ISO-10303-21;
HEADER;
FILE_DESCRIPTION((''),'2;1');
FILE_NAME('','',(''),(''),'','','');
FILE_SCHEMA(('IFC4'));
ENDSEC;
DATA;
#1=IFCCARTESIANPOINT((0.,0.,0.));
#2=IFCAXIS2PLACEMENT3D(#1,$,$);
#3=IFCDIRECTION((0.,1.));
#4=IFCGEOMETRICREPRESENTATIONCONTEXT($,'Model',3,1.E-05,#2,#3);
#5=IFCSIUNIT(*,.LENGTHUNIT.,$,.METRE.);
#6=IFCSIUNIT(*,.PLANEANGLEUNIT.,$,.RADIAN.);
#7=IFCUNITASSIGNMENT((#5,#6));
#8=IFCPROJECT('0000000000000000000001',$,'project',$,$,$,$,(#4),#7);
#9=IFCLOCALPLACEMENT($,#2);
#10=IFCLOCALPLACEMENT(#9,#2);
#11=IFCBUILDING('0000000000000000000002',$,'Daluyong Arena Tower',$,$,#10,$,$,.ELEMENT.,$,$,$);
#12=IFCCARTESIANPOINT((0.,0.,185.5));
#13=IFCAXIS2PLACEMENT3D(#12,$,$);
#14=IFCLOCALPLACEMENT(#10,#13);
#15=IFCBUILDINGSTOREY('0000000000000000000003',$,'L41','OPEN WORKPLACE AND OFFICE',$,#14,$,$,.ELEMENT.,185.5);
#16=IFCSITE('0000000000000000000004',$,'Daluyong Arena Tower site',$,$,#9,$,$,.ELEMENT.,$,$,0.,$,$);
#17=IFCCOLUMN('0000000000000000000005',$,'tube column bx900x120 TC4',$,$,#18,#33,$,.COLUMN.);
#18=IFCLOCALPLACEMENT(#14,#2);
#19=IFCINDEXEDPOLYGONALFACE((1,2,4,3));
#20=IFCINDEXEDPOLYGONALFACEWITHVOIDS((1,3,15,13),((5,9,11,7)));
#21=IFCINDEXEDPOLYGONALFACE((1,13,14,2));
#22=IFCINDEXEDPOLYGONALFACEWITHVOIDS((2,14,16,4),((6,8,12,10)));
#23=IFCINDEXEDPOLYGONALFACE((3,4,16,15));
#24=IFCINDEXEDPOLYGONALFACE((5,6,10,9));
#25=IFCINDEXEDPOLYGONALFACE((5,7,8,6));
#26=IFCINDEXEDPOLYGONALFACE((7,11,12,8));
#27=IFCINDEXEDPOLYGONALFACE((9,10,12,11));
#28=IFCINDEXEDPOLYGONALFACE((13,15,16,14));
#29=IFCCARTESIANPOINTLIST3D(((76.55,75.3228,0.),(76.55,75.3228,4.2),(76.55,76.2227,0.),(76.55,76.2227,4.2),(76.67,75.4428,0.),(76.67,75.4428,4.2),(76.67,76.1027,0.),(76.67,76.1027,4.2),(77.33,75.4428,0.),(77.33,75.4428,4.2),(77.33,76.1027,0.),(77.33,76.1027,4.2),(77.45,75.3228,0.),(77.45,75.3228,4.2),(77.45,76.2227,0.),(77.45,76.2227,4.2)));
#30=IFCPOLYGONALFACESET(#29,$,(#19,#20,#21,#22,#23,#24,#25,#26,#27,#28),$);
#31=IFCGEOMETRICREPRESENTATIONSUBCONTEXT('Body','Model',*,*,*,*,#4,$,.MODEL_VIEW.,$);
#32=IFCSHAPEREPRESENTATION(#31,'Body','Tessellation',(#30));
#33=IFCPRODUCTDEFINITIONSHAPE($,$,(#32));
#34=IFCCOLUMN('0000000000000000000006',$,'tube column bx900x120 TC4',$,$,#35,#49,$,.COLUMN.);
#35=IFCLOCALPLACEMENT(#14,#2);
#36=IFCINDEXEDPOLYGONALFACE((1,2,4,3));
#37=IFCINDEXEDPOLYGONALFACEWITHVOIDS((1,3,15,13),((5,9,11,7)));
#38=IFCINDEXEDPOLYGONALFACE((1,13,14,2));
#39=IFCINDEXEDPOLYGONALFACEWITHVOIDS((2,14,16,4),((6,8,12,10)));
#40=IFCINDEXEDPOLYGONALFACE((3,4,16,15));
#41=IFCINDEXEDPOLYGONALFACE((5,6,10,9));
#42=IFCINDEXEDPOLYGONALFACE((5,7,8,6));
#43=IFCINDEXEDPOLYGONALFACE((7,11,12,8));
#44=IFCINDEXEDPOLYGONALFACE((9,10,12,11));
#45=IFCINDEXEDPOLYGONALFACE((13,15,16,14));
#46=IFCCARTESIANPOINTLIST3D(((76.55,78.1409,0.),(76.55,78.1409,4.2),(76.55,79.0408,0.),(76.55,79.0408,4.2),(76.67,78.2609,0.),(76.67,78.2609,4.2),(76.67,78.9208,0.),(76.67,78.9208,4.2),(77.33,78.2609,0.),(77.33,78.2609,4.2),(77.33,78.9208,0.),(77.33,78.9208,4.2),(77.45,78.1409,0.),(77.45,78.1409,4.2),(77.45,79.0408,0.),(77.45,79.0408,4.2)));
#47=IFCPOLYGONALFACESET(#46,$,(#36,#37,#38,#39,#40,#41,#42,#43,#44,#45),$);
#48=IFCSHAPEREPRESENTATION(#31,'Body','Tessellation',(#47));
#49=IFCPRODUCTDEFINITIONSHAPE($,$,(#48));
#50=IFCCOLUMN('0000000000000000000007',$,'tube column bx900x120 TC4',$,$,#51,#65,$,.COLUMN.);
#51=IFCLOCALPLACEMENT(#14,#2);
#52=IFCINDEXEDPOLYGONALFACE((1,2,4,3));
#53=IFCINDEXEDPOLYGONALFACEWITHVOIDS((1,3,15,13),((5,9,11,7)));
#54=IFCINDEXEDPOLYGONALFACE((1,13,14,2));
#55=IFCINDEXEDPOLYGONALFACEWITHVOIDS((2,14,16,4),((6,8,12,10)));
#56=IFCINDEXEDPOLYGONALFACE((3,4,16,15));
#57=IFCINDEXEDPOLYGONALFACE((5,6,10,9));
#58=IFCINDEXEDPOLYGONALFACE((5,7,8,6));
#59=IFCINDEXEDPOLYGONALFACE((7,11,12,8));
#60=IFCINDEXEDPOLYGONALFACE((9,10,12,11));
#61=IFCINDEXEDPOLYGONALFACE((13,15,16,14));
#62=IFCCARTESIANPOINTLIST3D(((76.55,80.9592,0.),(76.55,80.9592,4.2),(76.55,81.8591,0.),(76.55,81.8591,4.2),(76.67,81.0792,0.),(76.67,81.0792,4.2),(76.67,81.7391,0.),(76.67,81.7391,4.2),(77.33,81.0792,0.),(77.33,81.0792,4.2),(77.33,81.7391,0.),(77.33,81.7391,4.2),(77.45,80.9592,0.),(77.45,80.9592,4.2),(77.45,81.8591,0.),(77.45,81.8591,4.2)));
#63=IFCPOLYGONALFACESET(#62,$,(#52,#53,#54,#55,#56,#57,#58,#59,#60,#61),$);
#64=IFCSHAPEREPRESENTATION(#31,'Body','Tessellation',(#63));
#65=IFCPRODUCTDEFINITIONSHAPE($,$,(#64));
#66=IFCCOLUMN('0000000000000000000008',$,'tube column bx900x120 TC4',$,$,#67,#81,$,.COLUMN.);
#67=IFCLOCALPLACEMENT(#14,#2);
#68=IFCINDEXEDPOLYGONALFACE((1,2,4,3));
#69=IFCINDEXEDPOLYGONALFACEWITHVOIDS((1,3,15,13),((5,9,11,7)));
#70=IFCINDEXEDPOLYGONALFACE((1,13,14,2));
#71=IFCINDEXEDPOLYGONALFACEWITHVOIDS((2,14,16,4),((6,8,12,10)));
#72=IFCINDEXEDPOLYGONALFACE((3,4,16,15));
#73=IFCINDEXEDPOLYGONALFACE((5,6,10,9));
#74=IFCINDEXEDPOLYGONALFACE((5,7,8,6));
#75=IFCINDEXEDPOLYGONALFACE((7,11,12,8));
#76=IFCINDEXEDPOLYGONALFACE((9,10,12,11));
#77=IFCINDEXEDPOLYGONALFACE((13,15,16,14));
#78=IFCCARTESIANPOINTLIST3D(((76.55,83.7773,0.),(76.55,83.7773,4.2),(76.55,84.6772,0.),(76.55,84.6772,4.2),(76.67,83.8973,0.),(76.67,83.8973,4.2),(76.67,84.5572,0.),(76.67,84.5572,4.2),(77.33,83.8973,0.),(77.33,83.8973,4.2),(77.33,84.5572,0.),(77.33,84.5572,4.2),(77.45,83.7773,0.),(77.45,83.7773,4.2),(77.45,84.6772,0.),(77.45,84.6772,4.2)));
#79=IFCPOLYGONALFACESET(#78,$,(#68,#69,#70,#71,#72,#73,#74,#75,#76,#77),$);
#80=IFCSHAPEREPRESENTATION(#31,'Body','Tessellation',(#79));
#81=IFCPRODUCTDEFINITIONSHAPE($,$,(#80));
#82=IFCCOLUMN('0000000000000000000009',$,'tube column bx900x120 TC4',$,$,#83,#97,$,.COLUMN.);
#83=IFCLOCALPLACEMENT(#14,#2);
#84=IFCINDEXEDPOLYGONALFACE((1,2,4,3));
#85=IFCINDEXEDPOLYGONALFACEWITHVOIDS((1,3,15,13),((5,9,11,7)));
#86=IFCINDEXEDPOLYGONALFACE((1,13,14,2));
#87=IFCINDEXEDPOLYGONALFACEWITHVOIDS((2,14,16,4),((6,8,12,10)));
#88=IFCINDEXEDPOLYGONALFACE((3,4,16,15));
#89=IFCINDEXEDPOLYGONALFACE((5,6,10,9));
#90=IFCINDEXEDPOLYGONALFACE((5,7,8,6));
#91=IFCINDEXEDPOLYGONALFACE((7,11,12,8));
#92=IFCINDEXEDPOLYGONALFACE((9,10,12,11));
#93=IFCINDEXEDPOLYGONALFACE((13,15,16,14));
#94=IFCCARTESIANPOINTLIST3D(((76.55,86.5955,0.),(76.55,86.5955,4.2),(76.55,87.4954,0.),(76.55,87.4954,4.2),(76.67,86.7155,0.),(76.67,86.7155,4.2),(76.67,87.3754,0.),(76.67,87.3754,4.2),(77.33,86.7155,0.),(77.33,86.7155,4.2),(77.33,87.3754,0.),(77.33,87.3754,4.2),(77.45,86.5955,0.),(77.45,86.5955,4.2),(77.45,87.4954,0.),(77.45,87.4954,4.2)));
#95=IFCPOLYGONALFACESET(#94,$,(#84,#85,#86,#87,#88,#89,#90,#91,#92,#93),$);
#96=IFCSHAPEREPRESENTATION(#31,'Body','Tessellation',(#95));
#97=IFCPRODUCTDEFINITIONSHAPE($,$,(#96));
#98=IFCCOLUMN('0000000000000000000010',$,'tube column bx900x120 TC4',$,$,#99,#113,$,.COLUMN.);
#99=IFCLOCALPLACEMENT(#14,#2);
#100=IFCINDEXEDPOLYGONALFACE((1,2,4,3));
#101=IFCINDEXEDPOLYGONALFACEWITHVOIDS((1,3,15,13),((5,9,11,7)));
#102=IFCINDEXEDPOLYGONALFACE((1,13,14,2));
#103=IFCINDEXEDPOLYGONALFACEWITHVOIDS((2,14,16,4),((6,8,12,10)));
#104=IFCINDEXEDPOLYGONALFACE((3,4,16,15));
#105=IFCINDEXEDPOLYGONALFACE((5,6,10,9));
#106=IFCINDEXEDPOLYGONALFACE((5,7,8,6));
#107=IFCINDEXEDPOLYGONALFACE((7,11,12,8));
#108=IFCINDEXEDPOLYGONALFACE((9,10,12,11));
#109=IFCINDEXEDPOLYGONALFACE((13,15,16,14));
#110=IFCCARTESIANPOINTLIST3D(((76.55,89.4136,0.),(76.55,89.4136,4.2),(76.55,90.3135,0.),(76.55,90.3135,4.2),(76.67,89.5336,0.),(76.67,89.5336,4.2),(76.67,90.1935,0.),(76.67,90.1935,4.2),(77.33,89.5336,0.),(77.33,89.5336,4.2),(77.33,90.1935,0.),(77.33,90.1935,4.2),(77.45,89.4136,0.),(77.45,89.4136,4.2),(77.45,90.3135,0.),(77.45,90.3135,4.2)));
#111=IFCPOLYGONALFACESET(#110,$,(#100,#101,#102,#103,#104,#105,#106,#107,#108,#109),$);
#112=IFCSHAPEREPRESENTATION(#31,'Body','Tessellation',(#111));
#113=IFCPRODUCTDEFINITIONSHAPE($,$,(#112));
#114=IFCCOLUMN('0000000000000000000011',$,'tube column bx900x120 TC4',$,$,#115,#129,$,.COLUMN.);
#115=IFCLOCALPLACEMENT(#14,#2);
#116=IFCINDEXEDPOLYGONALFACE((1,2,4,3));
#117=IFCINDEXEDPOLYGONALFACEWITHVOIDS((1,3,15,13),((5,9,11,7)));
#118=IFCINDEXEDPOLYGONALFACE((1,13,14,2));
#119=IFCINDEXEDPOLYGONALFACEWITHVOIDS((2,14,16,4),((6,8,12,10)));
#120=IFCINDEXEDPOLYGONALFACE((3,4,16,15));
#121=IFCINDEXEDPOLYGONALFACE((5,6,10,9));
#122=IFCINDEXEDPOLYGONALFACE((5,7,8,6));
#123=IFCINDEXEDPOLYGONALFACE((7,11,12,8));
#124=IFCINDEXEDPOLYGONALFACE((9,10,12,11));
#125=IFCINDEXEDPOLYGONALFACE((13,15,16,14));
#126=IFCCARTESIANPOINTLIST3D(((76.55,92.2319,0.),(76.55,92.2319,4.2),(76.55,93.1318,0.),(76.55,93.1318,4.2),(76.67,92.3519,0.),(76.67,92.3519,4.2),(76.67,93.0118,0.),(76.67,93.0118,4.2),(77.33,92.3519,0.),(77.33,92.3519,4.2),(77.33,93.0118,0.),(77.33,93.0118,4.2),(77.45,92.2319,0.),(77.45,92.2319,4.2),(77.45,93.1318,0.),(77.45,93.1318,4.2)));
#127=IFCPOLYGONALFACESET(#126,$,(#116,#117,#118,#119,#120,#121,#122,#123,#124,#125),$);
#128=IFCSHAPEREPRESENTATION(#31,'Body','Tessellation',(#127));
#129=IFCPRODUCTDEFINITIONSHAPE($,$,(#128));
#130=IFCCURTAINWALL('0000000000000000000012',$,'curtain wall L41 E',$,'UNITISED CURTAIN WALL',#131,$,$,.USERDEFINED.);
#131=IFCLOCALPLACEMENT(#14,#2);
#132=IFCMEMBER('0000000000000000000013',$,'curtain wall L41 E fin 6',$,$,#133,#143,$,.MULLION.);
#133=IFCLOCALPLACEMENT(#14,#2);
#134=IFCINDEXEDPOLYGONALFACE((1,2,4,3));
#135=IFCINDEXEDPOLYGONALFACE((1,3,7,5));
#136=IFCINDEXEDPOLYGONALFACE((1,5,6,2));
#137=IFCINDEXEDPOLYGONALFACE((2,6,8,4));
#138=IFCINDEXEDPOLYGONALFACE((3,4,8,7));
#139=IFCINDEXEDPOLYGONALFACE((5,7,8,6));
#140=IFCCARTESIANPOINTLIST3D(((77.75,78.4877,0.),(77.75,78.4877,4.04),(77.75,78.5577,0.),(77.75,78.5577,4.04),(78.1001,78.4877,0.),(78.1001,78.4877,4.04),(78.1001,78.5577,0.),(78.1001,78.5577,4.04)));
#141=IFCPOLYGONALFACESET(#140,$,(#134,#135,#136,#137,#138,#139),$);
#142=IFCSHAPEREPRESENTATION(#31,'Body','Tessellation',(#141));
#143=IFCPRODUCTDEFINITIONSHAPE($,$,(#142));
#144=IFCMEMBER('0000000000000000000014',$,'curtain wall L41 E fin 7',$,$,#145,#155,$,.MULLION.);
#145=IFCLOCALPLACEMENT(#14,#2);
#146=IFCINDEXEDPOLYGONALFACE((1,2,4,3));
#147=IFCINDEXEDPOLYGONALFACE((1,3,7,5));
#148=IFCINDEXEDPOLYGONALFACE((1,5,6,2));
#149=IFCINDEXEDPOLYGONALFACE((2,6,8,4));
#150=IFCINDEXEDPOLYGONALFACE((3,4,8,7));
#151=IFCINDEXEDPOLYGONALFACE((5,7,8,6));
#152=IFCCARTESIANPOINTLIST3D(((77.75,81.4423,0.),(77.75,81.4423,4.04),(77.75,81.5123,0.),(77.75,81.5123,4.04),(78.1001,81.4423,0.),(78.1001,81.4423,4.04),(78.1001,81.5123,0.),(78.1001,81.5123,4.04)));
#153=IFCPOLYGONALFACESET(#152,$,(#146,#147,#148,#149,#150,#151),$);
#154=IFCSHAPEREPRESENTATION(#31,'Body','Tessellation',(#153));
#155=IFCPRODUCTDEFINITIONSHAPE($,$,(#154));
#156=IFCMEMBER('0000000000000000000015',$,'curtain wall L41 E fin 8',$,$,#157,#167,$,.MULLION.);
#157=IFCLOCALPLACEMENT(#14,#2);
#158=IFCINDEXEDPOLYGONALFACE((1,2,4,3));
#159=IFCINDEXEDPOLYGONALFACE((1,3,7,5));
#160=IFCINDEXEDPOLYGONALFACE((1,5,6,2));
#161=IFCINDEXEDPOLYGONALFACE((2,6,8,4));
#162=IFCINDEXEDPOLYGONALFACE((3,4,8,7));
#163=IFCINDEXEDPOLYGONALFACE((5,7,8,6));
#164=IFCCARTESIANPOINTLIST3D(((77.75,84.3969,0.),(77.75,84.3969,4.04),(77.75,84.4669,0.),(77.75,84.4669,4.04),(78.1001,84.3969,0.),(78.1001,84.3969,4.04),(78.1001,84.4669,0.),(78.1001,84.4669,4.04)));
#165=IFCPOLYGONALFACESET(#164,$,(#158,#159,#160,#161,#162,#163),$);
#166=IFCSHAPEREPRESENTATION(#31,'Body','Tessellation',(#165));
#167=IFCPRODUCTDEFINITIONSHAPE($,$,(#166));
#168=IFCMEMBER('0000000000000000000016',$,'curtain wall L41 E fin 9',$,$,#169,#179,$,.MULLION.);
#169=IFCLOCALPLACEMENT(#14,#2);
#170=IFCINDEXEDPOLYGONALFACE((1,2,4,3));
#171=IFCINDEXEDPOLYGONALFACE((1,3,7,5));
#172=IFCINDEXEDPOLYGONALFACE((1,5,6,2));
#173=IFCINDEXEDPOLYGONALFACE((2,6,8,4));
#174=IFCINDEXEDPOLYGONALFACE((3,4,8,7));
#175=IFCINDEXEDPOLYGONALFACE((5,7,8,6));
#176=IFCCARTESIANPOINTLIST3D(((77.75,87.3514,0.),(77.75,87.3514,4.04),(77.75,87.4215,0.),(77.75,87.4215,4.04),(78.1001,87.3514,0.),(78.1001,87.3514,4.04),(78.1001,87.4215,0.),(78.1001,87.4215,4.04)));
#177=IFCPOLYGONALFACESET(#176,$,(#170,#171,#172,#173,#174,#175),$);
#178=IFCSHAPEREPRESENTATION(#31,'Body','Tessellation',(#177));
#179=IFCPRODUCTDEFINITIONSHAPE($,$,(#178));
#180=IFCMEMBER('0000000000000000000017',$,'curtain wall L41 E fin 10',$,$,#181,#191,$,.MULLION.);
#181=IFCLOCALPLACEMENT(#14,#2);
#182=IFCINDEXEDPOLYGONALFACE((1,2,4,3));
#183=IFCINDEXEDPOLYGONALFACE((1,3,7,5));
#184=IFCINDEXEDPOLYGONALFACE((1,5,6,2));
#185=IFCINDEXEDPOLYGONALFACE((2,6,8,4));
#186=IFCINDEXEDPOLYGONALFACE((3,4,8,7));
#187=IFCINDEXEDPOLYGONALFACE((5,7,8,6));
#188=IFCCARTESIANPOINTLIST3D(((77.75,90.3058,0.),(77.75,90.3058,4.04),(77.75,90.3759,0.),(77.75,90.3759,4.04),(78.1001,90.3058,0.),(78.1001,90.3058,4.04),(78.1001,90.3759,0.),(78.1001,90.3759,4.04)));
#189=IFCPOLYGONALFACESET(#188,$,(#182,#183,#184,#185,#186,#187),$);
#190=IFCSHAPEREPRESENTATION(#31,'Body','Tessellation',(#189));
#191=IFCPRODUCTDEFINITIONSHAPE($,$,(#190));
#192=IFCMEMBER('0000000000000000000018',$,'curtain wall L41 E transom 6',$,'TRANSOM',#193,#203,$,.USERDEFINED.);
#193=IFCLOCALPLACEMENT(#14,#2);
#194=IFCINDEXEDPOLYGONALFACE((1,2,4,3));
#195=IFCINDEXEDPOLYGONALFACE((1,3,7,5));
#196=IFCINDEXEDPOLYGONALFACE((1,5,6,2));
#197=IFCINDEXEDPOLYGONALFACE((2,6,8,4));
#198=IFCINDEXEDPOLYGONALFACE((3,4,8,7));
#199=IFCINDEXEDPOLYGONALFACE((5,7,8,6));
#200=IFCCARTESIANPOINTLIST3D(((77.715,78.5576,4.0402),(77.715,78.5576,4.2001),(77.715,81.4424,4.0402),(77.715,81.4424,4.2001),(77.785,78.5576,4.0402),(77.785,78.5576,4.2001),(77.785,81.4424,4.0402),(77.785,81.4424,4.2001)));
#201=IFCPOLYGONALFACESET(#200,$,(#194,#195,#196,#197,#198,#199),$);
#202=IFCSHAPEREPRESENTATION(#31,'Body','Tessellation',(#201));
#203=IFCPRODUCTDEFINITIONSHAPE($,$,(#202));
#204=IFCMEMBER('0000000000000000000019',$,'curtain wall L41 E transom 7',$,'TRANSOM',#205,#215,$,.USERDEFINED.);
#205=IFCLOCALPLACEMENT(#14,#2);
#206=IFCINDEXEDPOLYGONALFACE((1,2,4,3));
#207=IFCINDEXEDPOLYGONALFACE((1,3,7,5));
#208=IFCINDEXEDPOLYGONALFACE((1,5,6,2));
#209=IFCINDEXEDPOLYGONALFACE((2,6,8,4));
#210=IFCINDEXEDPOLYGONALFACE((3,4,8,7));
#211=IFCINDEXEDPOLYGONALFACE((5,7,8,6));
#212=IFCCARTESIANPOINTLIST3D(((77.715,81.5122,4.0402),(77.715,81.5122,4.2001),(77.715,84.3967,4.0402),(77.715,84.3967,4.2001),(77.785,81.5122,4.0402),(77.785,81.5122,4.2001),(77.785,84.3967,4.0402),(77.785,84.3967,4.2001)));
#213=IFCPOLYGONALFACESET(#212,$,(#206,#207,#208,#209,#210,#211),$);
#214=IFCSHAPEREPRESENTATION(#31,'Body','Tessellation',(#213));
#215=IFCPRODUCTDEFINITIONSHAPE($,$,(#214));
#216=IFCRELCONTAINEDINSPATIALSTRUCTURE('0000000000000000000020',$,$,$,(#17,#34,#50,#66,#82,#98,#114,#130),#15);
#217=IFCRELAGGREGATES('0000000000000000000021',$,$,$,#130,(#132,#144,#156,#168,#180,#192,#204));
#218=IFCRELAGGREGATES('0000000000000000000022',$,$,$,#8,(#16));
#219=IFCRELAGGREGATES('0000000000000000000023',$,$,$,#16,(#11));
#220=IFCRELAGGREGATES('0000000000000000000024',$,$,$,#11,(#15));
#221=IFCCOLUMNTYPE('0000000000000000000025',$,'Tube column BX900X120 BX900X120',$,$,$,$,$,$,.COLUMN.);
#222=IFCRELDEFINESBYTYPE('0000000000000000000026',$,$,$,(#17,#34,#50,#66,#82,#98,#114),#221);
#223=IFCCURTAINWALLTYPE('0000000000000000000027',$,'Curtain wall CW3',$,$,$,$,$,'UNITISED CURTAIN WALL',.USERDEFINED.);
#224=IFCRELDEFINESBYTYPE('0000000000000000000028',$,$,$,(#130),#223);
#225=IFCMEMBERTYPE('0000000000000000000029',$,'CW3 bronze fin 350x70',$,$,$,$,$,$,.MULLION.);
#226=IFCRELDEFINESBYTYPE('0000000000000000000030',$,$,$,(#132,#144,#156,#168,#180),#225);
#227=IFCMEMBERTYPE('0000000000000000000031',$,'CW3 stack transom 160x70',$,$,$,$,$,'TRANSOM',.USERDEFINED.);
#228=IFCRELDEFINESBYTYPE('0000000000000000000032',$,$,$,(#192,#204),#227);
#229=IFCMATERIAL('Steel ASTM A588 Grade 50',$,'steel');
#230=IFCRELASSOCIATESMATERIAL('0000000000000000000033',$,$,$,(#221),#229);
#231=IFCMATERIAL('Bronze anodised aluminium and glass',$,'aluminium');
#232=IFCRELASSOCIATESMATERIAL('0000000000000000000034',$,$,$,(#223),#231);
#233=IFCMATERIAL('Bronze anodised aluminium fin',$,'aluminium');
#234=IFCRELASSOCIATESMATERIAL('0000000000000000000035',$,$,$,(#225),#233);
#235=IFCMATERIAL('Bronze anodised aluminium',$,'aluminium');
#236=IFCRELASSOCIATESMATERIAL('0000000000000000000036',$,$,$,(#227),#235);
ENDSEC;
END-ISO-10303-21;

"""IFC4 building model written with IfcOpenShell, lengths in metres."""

from ifc_helpers import new_model, si_unit, direction, frame, origin, origin_2d, place, context, subcontext, project, spatial, rectangle, hollow_rectangle, extrude, material, material_profile, profile_set, type_object, element, aggregate, save


model = new_model("IFC4")

# Units and contexts
model_context = context("Model", 3, precision=1e-05, world=origin(), true_north=direction((0.0, 1.0)))
body_context = subcontext(model_context, "Body", "Model", "MODEL_VIEW")
ifc_project = project(units=[si_unit("LENGTHUNIT", "METRE"), si_unit("PLANEANGLEUNIT", "RADIAN")], contexts=[model_context])

# Site, building, storey
site_placement = place(None, origin())
site = spatial("IfcSite", under=ifc_project, at=site_placement, Name="Daluyong Arena Tower site", CompositionType="ELEMENT", RefElevation=0.0)
building_placement = place(site_placement, origin())
building = spatial("IfcBuilding", under=site, at=building_placement, Name="Daluyong Arena Tower", CompositionType="ELEMENT")
storey_placement = place(building_placement, frame((0.0, 0.0, 185.5)))
storey = spatial("IfcBuildingStorey", under=building, at=storey_placement, Name="L41", Description="OPEN WORKPLACE AND OFFICE", CompositionType="ELEMENT", Elevation=185.5)

# Columns
ifc_material_1 = material(Name="Steel ASTM A588 Grade 50", Category="steel")
ifc_material_profile_1 = material_profile(ifc_material_1, hollow_rectangle(XDim=0.8999, YDim=0.8999, WallThickness=0.12, at=origin_2d()))
ifc_profile_set_1 = profile_set([ifc_material_profile_1], Name="Steel ASTM A588 Grade 50")
column_type = type_object("IfcColumnType", Name="Tube column BX900X120 BX900X120", PredefinedType="COLUMN", material=ifc_profile_set_1)
for number, where, z_axis, x_axis, name in (
    (1, (77.0, 75.7727, 0.0), (0.0, 0.0, 1.0), (0.0, 1.0, 0.0), "tube column bx900x120 TC4"),
    (2, (77.0, 78.5908, 0.0), (0.0, 0.0, 1.0), (0.0, 1.0, 0.0), "tube column bx900x120 TC4"),
    (3, (77.0, 81.4092, 0.0), (0.0, 0.0, 1.0), (0.0, 1.0, 0.0), "tube column bx900x120 TC4"),
    (4, (77.0, 84.2273, 0.0), (0.0, 0.0, 1.0), (0.0, 1.0, 0.0), "tube column bx900x120 TC4"),
    (5, (77.0, 87.0454, 0.0), (0.0, 0.0, 1.0), (0.0, 1.0, 0.0), "tube column bx900x120 TC4"),
    (6, (77.0, 89.8635, 0.0), (0.0, 0.0, 1.0), (0.0, 1.0, 0.0), "tube column bx900x120 TC4"),
    (7, (77.0, 92.6819, 0.0), (0.0, 0.0, 1.0), (0.0, 1.0, 0.0), "tube column bx900x120 TC4"),
):
    element("IfcColumn", number, at=place(storey_placement, frame(where, z_axis=z_axis, x_axis=x_axis)), inside=storey, type_object=column_type, Name=name, PredefinedType="COLUMN", context=body_context, shape_type="SweptSolid", body=[
        extrude(hollow_rectangle(XDim=0.8999, YDim=0.8999, WallThickness=0.12, at=origin_2d()), origin(), (0.0, 0.0, 1.0), 4.2),
    ])

# Curtain wall, members
ifc_material_2 = material(Name="Bronze anodised aluminium and glass", Category="aluminium")
curtain_wall_type = type_object("IfcCurtainWallType", Name="Curtain wall CW3", ElementType="UNITISED CURTAIN WALL", PredefinedType="USERDEFINED", material=ifc_material_2)
curtain_wall_placement = place(storey_placement, origin())
curtain_wall = element("IfcCurtainWall", 8, at=curtain_wall_placement, inside=storey, type_object=curtain_wall_type, Name="curtain wall L41 E", ObjectType="UNITISED CURTAIN WALL", PredefinedType="USERDEFINED")
ifc_material_3 = material(Name="Bronze anodised aluminium fin", Category="aluminium")
ifc_material_profile_2 = material_profile(ifc_material_3, rectangle(XDim=0.3501, YDim=0.0701, at=origin_2d()))
ifc_profile_set_2 = profile_set([ifc_material_profile_2], Name="Bronze anodised aluminium fin")
member_type_1 = type_object("IfcMemberType", Name="CW3 bronze fin 350x70", PredefinedType="MULLION", material=ifc_profile_set_2)
member_1_placement = place(storey_placement, frame((77.925, 78.5227, 0.0), z_axis=(0.0, 0.0, 1.0), x_axis=(-1.0, 0.0, 0.0)))
member_1 = element("IfcMember", 9, at=member_1_placement, type_object=member_type_1, Name="curtain wall L41 E fin 6", PredefinedType="MULLION", context=body_context, shape_type="SweptSolid", body=[
    extrude(rectangle(XDim=0.3501, YDim=0.0701, at=origin_2d()), origin(), (0.0, 0.0, 1.0), 4.04),
])
member_2_placement = place(storey_placement, frame((77.925, 81.4773, 0.0), z_axis=(0.0, 0.0, 1.0), x_axis=(-1.0, 0.0, 0.0)))
member_2 = element("IfcMember", 10, at=member_2_placement, type_object=member_type_1, Name="curtain wall L41 E fin 7", PredefinedType="MULLION", context=body_context, shape_type="SweptSolid", body=[
    extrude(rectangle(XDim=0.3501, YDim=0.0701, at=origin_2d()), origin(), (0.0, 0.0, 1.0), 4.04),
])
member_3_placement = place(storey_placement, frame((77.925, 84.4319, 0.0), z_axis=(0.0, 0.0, 1.0), x_axis=(-1.0, 0.0, 0.0)))
member_3 = element("IfcMember", 11, at=member_3_placement, type_object=member_type_1, Name="curtain wall L41 E fin 8", PredefinedType="MULLION", context=body_context, shape_type="SweptSolid", body=[
    extrude(rectangle(XDim=0.3501, YDim=0.0701, at=origin_2d()), origin(), (0.0, 0.0, 1.0), 4.04),
])
member_4_placement = place(storey_placement, frame((77.925, 87.3865, 0.0), z_axis=(0.0, 0.0, 1.0), x_axis=(-1.0, 0.0, 0.0)))
member_4 = element("IfcMember", 12, at=member_4_placement, type_object=member_type_1, Name="curtain wall L41 E fin 9", PredefinedType="MULLION", context=body_context, shape_type="SweptSolid", body=[
    extrude(rectangle(XDim=0.3501, YDim=0.0701, at=origin_2d()), origin(), (0.0, 0.0, 1.0), 4.04),
])
member_5_placement = place(storey_placement, frame((77.925, 90.3408, 0.0), z_axis=(0.0, 0.0, 1.0), x_axis=(-1.0, 0.0, 0.0)))
member_5 = element("IfcMember", 13, at=member_5_placement, type_object=member_type_1, Name="curtain wall L41 E fin 10", PredefinedType="MULLION", context=body_context, shape_type="SweptSolid", body=[
    extrude(rectangle(XDim=0.3501, YDim=0.0701, at=origin_2d()), origin(), (0.0, 0.0, 1.0), 4.04),
])
ifc_material_4 = material(Name="Bronze anodised aluminium", Category="aluminium")
ifc_material_profile_3 = material_profile(ifc_material_4, rectangle(XDim=0.0701, YDim=0.1599, at=origin_2d()))
ifc_profile_set_3 = profile_set([ifc_material_profile_3], Name="Bronze anodised aluminium")
member_type_2 = type_object("IfcMemberType", Name="CW3 stack transom 160x70", ElementType="TRANSOM", PredefinedType="USERDEFINED", material=ifc_profile_set_3)
member_6_placement = place(storey_placement, frame((77.75, 78.5576, 4.1201), z_axis=(0.0, 1.0, 0.0), x_axis=(-1.0, 0.0, 0.0)))
member_6 = element("IfcMember", 14, at=member_6_placement, type_object=member_type_2, Name="curtain wall L41 E transom 6", ObjectType="TRANSOM", PredefinedType="USERDEFINED", context=body_context, shape_type="SweptSolid", body=[
    extrude(rectangle(XDim=0.0701, YDim=0.1599, at=origin_2d()), origin(), (0.0, 0.0, 1.0), 2.8848),
])
member_7_placement = place(storey_placement, frame((77.75, 81.5122, 4.1201), z_axis=(0.0, 1.0, 0.0), x_axis=(-1.0, 0.0, 0.0)))
member_7 = element("IfcMember", 15, at=member_7_placement, type_object=member_type_2, Name="curtain wall L41 E transom 7", ObjectType="TRANSOM", PredefinedType="USERDEFINED", context=body_context, shape_type="SweptSolid", body=[
    extrude(rectangle(XDim=0.0701, YDim=0.1599, at=origin_2d()), origin(), (0.0, 0.0, 1.0), 2.8845),
])

aggregate(curtain_wall, [member_1, member_2, member_3, member_4, member_5, member_6, member_7])

save(model, "model.ifc")
